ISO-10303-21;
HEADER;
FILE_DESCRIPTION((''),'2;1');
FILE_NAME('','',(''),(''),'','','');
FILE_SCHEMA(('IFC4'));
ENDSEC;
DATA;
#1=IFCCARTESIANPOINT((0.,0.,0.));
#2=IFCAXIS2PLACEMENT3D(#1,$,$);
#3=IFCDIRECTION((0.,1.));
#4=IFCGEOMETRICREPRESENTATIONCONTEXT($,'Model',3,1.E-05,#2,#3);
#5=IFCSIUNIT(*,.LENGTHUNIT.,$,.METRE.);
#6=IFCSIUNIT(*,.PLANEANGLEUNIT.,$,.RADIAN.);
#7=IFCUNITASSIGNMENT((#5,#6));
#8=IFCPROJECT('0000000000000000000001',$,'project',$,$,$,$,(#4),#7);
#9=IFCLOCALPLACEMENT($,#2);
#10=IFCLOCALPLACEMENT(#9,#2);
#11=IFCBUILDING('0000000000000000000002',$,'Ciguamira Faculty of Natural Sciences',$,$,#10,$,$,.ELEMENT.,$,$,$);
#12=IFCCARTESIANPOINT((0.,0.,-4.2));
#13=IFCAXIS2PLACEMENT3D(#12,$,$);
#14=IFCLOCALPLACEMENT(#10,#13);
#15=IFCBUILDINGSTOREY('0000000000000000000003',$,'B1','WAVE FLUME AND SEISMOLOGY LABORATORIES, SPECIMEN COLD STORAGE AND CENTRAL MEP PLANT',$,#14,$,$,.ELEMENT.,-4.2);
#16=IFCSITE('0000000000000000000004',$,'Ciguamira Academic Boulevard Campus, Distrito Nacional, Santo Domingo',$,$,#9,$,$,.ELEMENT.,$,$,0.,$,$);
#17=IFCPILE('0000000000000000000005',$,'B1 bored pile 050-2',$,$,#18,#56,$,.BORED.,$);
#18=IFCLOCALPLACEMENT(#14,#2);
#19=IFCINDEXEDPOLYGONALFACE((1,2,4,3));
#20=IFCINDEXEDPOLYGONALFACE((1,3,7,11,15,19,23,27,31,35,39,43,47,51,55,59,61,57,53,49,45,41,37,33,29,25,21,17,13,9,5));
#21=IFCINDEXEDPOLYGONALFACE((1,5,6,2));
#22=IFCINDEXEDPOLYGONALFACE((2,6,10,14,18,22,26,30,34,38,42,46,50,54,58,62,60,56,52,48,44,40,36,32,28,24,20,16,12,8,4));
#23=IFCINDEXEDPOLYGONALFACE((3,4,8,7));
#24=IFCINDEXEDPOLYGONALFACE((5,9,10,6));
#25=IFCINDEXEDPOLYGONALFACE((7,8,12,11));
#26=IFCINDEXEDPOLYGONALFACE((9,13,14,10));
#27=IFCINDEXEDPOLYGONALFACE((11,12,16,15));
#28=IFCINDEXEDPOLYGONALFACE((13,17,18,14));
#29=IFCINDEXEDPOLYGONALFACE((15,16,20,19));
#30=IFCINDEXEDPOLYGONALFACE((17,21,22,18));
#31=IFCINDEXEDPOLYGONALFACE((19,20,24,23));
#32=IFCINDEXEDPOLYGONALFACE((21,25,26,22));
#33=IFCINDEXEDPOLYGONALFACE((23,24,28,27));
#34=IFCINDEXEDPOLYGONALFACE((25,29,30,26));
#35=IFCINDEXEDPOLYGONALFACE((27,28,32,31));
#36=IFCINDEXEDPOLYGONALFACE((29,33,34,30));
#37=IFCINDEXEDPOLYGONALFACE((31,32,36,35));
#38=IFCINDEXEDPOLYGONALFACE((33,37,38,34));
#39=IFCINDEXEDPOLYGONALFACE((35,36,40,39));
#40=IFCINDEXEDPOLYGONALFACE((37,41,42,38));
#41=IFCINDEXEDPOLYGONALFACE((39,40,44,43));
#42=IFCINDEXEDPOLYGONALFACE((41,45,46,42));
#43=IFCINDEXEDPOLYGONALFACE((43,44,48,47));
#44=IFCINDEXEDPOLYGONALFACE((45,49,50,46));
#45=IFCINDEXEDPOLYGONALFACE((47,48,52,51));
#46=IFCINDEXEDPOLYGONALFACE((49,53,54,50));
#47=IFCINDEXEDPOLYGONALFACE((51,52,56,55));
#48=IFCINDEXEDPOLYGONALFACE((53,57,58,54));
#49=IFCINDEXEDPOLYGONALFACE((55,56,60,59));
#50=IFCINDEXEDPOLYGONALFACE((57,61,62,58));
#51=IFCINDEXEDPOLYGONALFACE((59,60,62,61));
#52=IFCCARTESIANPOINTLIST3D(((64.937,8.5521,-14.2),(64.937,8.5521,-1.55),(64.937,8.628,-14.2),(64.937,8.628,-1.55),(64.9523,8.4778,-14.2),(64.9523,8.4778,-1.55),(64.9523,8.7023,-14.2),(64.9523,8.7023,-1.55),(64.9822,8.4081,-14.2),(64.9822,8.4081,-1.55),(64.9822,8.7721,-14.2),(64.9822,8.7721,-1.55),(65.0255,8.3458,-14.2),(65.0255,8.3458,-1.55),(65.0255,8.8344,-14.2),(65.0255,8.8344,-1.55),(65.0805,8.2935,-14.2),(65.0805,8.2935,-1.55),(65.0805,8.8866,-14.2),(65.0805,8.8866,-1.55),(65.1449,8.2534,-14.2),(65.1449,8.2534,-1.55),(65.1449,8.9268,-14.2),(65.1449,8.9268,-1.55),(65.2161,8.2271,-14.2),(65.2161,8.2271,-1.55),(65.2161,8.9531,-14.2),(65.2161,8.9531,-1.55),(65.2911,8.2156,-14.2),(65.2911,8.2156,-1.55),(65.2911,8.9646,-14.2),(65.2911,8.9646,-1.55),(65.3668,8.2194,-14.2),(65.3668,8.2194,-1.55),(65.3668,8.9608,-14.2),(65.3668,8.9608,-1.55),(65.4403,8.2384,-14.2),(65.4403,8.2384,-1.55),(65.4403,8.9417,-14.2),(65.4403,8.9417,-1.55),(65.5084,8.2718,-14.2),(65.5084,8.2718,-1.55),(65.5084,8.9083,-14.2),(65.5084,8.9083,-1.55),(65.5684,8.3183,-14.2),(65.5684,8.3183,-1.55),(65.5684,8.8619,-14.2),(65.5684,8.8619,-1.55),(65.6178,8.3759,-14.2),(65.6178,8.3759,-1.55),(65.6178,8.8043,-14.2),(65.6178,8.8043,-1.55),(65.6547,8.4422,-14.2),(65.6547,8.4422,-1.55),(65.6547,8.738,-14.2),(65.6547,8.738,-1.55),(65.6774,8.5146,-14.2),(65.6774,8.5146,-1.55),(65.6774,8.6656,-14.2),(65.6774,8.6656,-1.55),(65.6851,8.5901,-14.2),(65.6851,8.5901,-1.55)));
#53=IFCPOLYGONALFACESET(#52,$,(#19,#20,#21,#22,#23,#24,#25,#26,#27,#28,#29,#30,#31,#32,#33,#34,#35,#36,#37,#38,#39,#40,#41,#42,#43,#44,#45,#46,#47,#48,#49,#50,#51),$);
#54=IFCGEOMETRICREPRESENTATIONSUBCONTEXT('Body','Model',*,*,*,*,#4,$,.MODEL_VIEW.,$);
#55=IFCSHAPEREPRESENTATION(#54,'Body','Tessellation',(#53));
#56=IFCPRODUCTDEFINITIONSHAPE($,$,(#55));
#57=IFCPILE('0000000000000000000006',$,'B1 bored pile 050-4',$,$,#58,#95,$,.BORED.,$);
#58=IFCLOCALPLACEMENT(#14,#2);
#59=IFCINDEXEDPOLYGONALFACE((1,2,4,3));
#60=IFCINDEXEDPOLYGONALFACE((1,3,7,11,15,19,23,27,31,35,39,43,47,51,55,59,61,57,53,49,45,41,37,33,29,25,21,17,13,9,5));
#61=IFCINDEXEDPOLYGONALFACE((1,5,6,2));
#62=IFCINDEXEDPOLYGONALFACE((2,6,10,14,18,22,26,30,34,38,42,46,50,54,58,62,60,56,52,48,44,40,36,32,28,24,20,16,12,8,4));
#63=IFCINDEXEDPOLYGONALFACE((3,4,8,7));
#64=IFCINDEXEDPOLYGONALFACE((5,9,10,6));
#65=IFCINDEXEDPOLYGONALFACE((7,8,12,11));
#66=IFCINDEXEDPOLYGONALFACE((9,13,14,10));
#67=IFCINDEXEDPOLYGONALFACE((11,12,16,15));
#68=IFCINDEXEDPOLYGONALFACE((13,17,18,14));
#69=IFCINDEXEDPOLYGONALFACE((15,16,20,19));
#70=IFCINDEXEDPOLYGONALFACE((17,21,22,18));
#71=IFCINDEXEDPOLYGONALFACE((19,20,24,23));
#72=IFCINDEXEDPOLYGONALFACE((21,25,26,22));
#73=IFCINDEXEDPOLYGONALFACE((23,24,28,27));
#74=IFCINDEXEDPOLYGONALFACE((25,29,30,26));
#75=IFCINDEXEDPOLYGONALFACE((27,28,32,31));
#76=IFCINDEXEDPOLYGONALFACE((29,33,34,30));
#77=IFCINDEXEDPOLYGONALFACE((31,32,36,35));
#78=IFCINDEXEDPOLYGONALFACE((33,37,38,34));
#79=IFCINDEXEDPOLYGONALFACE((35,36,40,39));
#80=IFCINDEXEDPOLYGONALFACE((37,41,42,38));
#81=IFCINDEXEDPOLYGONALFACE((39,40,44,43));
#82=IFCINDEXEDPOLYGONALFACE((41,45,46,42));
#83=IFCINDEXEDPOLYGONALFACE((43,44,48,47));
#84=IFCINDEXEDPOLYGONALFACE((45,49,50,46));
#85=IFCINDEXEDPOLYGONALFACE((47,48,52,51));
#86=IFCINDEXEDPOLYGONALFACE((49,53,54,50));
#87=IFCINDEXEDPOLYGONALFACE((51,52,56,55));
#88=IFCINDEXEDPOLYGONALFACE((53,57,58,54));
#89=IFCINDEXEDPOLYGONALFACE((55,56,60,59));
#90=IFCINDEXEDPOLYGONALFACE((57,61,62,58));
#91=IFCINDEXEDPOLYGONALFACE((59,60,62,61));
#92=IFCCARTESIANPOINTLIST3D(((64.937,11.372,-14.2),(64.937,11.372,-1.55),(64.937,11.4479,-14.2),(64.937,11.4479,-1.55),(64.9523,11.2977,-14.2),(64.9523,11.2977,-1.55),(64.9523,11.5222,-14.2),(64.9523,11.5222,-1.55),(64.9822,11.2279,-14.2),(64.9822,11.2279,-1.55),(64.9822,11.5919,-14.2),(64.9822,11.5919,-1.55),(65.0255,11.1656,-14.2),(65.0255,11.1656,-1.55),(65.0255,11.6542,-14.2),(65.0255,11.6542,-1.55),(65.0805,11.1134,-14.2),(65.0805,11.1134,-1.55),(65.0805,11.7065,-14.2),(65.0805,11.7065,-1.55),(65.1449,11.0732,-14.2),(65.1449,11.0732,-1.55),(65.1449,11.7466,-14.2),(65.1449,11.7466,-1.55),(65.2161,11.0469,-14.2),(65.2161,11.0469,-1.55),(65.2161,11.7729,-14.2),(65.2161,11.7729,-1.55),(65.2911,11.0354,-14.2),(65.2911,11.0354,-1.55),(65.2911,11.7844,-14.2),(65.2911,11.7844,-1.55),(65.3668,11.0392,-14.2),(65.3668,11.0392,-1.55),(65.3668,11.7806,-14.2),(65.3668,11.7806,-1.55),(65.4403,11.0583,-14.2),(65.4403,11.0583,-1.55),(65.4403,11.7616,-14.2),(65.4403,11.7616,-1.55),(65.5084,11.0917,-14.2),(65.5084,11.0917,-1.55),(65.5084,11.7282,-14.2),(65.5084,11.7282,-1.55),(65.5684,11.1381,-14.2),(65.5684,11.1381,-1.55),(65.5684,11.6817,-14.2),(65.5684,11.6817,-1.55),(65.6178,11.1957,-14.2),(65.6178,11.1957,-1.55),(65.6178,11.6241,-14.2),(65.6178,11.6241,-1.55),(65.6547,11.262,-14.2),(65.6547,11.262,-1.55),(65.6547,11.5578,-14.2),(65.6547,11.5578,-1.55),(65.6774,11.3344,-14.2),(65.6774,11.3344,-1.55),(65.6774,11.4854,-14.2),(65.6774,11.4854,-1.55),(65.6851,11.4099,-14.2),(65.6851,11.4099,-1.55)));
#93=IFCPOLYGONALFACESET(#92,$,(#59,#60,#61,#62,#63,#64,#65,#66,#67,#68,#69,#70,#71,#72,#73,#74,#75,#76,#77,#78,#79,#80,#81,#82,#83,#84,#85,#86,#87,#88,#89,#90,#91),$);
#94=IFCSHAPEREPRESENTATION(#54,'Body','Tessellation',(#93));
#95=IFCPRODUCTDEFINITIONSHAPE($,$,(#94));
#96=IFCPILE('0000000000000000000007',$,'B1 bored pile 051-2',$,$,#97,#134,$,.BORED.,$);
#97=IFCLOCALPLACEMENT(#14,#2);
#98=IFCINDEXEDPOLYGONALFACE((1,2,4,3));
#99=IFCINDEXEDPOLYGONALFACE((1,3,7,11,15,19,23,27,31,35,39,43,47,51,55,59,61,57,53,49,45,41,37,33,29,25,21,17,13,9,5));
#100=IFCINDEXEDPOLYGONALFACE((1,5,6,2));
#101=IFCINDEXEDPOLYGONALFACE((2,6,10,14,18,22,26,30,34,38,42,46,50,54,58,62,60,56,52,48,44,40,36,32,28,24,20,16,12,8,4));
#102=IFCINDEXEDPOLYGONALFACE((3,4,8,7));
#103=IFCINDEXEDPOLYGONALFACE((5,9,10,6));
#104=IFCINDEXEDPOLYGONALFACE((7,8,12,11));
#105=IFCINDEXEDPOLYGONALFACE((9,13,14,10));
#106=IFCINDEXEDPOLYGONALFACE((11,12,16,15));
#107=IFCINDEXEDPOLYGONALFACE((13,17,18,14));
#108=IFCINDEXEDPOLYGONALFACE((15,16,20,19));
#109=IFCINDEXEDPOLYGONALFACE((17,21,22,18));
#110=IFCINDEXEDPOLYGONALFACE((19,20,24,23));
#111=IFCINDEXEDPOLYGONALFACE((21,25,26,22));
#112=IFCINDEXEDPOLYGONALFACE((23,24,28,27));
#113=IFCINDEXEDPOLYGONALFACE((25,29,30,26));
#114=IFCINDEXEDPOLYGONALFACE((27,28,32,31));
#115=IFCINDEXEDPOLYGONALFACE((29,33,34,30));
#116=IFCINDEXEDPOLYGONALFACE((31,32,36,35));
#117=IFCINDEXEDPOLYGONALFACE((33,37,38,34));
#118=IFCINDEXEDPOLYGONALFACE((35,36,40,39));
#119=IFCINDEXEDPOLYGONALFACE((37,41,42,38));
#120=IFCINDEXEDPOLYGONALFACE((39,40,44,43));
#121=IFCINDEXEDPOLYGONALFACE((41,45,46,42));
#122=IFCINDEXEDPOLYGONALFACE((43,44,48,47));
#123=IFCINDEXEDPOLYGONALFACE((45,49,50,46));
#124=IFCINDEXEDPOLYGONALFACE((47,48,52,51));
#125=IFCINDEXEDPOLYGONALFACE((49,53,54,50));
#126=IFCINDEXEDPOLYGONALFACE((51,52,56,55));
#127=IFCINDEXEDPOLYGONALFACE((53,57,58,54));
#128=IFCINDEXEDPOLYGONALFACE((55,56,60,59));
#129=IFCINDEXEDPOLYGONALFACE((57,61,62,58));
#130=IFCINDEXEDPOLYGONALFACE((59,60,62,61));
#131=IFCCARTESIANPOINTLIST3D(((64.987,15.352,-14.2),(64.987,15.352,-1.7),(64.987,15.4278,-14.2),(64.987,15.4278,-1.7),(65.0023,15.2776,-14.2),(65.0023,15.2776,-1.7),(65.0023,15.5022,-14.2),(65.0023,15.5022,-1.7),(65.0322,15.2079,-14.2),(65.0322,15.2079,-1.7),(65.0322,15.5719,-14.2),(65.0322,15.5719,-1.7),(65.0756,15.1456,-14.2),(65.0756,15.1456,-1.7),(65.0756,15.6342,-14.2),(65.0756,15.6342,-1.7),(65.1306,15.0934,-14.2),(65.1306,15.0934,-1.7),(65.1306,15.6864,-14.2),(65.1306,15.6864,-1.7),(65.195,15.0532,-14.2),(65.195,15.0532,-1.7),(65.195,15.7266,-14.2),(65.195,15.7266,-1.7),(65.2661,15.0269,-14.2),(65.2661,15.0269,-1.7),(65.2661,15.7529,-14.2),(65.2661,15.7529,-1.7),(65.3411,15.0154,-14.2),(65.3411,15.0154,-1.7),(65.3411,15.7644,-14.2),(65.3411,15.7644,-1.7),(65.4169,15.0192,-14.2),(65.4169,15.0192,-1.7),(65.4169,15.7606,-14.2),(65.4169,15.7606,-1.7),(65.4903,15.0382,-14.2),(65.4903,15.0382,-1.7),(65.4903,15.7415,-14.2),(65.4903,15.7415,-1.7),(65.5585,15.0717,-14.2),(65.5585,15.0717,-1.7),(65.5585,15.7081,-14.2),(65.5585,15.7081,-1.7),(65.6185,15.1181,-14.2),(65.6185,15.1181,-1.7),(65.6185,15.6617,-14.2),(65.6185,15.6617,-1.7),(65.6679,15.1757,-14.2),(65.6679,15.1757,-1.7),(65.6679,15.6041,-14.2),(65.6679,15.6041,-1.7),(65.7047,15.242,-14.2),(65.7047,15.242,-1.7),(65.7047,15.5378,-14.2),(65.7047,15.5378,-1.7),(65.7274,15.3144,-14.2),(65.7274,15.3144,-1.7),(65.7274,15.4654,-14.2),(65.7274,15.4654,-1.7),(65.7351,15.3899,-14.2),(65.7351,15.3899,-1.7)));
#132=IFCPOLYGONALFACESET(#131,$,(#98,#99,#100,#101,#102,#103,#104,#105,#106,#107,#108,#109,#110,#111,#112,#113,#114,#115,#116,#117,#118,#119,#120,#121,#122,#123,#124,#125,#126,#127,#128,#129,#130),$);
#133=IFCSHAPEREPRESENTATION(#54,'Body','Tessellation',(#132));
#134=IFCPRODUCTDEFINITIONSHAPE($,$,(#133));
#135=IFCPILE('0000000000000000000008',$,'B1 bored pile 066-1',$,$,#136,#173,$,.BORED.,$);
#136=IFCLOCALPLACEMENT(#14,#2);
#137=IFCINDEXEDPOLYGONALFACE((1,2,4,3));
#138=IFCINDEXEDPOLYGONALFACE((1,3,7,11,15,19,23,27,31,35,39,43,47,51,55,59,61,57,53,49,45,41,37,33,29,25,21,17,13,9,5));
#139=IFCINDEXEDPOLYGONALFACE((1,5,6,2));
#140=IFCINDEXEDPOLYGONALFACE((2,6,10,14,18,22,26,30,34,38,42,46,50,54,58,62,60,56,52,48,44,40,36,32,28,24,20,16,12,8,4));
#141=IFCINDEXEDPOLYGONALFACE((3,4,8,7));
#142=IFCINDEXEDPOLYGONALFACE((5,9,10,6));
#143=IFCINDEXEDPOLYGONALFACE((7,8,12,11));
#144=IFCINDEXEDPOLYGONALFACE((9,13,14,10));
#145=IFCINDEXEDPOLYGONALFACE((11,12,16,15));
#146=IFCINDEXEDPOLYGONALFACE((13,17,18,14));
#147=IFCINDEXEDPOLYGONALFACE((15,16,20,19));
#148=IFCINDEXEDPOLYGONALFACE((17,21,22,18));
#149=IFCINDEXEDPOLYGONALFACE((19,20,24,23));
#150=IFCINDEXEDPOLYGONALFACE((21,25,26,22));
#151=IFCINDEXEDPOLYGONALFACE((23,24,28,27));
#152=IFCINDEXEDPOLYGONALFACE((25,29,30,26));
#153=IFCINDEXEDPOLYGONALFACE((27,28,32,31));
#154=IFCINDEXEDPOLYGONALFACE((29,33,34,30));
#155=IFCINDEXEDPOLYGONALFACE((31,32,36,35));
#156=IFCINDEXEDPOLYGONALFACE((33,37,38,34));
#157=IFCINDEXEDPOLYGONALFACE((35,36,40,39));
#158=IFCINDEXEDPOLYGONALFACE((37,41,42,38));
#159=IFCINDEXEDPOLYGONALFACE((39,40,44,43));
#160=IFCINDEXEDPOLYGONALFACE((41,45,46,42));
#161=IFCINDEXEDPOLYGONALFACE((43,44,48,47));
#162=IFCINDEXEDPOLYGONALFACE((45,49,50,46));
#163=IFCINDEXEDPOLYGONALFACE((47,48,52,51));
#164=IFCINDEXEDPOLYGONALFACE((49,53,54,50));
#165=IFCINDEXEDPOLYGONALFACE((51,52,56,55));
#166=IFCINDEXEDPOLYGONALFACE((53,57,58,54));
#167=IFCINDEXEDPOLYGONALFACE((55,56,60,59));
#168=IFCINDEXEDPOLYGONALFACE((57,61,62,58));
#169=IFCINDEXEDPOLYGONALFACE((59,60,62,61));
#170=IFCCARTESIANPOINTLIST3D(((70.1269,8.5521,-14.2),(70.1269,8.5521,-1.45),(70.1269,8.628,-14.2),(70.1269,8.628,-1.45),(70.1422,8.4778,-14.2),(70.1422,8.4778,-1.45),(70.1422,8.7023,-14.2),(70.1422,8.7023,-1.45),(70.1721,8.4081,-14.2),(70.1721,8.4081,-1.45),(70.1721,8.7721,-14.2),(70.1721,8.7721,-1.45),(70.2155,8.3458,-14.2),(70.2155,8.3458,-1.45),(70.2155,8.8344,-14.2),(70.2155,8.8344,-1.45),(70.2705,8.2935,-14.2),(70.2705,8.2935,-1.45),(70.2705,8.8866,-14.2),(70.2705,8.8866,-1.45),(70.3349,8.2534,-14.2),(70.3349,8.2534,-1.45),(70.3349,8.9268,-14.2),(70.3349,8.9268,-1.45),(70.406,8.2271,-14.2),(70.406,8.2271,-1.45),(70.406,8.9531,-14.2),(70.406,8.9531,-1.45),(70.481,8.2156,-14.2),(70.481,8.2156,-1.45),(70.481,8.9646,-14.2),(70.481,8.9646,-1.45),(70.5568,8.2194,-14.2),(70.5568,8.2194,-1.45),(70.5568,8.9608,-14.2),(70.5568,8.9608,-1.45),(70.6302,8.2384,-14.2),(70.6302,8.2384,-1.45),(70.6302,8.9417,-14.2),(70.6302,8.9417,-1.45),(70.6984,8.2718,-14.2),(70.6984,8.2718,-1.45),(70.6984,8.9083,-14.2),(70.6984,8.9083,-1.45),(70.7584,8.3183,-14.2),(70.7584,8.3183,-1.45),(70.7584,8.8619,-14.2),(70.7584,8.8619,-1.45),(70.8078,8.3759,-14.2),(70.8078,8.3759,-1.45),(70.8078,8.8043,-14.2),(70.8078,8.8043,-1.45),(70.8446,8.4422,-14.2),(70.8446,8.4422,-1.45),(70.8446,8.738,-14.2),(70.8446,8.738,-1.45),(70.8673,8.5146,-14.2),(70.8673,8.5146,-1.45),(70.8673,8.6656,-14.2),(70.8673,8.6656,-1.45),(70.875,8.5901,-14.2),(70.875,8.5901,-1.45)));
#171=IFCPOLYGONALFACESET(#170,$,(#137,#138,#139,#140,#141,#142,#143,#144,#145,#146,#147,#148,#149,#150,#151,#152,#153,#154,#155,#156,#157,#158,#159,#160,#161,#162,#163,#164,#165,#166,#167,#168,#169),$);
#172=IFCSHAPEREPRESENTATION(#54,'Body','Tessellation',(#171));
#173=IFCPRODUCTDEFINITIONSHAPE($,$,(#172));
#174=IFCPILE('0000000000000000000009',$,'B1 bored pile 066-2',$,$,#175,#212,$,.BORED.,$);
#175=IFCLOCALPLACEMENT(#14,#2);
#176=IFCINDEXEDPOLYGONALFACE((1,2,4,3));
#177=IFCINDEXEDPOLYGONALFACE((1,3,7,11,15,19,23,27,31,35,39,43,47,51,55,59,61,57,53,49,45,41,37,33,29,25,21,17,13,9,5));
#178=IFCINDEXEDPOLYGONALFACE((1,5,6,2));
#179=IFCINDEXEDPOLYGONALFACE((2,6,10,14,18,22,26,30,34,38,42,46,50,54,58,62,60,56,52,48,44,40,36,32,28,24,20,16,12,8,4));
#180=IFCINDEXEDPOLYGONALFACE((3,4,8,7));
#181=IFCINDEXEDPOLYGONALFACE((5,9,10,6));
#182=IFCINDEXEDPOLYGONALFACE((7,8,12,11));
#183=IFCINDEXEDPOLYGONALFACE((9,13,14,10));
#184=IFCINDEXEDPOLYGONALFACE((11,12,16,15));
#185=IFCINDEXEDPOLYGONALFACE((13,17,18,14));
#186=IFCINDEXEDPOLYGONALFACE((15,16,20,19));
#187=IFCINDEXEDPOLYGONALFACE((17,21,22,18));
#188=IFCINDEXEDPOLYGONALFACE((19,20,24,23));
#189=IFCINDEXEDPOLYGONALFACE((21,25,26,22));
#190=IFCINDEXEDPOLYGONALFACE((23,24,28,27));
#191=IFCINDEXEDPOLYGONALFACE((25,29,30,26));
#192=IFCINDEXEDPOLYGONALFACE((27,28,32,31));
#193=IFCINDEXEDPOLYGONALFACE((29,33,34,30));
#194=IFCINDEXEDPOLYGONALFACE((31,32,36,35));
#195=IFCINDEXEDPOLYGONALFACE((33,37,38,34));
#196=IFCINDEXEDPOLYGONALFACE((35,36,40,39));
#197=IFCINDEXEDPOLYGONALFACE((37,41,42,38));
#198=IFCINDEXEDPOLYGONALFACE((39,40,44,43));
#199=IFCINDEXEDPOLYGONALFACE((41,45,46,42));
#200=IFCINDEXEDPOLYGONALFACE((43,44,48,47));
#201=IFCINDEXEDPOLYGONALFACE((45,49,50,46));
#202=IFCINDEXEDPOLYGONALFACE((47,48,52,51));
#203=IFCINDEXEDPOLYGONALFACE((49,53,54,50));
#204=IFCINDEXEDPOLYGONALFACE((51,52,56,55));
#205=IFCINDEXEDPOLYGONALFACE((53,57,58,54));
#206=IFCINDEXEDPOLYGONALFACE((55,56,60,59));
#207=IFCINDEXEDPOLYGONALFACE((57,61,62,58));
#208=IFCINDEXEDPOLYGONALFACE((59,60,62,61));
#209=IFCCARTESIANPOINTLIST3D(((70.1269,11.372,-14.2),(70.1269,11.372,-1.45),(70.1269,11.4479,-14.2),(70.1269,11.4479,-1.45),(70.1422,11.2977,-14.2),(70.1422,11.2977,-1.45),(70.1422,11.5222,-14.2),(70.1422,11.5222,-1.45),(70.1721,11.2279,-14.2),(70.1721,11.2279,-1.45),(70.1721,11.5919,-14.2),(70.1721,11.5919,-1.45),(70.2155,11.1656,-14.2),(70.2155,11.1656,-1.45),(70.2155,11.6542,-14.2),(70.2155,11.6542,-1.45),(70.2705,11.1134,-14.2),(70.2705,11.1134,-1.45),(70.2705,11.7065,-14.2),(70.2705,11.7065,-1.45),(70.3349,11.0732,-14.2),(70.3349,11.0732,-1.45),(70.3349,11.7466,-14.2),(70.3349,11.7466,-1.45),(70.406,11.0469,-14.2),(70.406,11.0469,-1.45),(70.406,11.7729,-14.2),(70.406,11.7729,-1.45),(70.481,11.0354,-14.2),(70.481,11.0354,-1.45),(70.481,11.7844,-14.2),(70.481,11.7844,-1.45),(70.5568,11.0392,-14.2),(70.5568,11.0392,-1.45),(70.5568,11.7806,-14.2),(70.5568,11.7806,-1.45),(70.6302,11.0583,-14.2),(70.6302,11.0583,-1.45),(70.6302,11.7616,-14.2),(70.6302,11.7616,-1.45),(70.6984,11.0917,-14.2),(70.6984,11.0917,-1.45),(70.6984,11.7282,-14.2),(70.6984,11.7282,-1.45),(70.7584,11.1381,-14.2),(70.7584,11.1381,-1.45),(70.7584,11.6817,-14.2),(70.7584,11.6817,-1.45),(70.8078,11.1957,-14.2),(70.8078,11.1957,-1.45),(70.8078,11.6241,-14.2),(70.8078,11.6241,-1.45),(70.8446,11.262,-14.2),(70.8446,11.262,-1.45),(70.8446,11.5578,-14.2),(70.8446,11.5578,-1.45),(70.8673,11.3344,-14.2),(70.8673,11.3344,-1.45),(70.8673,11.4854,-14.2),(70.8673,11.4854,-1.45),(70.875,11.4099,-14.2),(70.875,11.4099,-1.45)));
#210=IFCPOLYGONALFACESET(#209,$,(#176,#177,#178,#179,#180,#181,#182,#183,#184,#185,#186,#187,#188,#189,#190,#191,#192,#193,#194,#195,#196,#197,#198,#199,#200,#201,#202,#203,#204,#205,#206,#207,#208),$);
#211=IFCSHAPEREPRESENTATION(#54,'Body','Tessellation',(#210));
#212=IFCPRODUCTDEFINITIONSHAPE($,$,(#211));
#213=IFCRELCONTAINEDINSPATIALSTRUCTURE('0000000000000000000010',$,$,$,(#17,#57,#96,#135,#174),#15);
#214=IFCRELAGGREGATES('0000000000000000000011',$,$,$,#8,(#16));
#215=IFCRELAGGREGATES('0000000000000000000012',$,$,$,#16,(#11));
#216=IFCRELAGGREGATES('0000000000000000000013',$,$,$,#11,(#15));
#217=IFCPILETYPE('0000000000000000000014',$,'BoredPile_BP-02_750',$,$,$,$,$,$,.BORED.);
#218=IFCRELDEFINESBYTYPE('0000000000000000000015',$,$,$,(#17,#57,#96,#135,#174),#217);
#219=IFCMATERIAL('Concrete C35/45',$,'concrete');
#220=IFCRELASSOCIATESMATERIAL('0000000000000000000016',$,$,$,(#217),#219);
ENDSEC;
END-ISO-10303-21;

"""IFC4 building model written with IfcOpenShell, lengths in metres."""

from ifc_helpers import new_model, si_unit, direction, frame, origin, origin_2d, place, context, subcontext, project, spatial, circle, extrude, material, material_profile, profile_set, type_object, element, save


model = new_model("IFC4")

# Units and contexts
model_context = context("Model", 3, precision=1e-05, world=origin(), true_north=direction((0.0, 1.0)))
body_context = subcontext(model_context, "Body", "Model", "MODEL_VIEW")
ifc_project = project(units=[si_unit("LENGTHUNIT", "METRE"), si_unit("PLANEANGLEUNIT", "RADIAN")], contexts=[model_context])

# Site, building, storey
site_placement = place(None, origin())
site = spatial("IfcSite", under=ifc_project, at=site_placement, Name="Ciguamira Academic Boulevard Campus, Distrito Nacional, Santo Domingo", CompositionType="ELEMENT", RefElevation=0.0)
building_placement = place(site_placement, origin())
building = spatial("IfcBuilding", under=site, at=building_placement, Name="Ciguamira Faculty of Natural Sciences", CompositionType="ELEMENT")
storey_placement = place(building_placement, frame((0.0, 0.0, -4.2)))
storey = spatial("IfcBuildingStorey", under=building, at=storey_placement, Name="B1", Description="WAVE FLUME AND SEISMOLOGY LABORATORIES, SPECIMEN COLD STORAGE AND CENTRAL MEP PLANT", CompositionType="ELEMENT", Elevation=-4.2)

# Piles
ifc_material_1 = material(Name="Concrete C35/45", Category="concrete")
ifc_material_profile_1 = material_profile(ifc_material_1, circle(Radius=0.375, at=origin_2d()), Name="PILE-BORED-750")
ifc_profile_set_1 = profile_set([ifc_material_profile_1], Name="Concrete C35/45")
pile_type = type_object("IfcPileType", Name="BoredPile_BP-02_750", PredefinedType="BORED", material=ifc_profile_set_1)
for number, where, z_axis, x_axis, name in (
    (1, (65.3101, 8.5901, -1.55), (0.0, 0.0, -1.0), (1.0, 0.0, 0.0), "B1 bored pile 050-2"),
    (2, (65.3101, 11.4099, -1.55), (0.0, 0.0, -1.0), (1.0, 0.0, 0.0), "B1 bored pile 050-4"),
):
    element("IfcPile", number, at=place(storey_placement, frame(where, z_axis=z_axis, x_axis=x_axis)), inside=storey, type_object=pile_type, Name=name, PredefinedType="BORED", context=body_context, shape_type="SweptSolid", body=[
        extrude(circle(Radius=0.375, at=origin_2d()), origin(), (0.0, 0.0, 1.0), 12.6499),
    ])
pile_1_placement = place(storey_placement, frame((65.3601, 15.3899, -1.7), z_axis=(0.0, 0.0, -1.0), x_axis=(1.0, 0.0, 0.0)))
element("IfcPile", 3, at=pile_1_placement, inside=storey, type_object=pile_type, Name="B1 bored pile 051-2", PredefinedType="BORED", context=body_context, shape_type="SweptSolid", body=[
    extrude(circle(Radius=0.375, at=origin_2d()), origin(), (0.0, 0.0, 1.0), 12.5),
])
for number, where, z_axis, x_axis, name in (
    (4, (70.5, 8.5901, -1.45), (0.0, 0.0, -1.0), (1.0, 0.0, 0.0), "B1 bored pile 066-1"),
    (5, (70.5, 11.4099, -1.45), (0.0, 0.0, -1.0), (1.0, 0.0, 0.0), "B1 bored pile 066-2"),
):
    element("IfcPile", number, at=place(storey_placement, frame(where, z_axis=z_axis, x_axis=x_axis)), inside=storey, type_object=pile_type, Name=name, PredefinedType="BORED", context=body_context, shape_type="SweptSolid", body=[
        extrude(circle(Radius=0.375, at=origin_2d()), origin(), (0.0, 0.0, 1.0), 12.75),
    ])

save(model, "model.ifc")
